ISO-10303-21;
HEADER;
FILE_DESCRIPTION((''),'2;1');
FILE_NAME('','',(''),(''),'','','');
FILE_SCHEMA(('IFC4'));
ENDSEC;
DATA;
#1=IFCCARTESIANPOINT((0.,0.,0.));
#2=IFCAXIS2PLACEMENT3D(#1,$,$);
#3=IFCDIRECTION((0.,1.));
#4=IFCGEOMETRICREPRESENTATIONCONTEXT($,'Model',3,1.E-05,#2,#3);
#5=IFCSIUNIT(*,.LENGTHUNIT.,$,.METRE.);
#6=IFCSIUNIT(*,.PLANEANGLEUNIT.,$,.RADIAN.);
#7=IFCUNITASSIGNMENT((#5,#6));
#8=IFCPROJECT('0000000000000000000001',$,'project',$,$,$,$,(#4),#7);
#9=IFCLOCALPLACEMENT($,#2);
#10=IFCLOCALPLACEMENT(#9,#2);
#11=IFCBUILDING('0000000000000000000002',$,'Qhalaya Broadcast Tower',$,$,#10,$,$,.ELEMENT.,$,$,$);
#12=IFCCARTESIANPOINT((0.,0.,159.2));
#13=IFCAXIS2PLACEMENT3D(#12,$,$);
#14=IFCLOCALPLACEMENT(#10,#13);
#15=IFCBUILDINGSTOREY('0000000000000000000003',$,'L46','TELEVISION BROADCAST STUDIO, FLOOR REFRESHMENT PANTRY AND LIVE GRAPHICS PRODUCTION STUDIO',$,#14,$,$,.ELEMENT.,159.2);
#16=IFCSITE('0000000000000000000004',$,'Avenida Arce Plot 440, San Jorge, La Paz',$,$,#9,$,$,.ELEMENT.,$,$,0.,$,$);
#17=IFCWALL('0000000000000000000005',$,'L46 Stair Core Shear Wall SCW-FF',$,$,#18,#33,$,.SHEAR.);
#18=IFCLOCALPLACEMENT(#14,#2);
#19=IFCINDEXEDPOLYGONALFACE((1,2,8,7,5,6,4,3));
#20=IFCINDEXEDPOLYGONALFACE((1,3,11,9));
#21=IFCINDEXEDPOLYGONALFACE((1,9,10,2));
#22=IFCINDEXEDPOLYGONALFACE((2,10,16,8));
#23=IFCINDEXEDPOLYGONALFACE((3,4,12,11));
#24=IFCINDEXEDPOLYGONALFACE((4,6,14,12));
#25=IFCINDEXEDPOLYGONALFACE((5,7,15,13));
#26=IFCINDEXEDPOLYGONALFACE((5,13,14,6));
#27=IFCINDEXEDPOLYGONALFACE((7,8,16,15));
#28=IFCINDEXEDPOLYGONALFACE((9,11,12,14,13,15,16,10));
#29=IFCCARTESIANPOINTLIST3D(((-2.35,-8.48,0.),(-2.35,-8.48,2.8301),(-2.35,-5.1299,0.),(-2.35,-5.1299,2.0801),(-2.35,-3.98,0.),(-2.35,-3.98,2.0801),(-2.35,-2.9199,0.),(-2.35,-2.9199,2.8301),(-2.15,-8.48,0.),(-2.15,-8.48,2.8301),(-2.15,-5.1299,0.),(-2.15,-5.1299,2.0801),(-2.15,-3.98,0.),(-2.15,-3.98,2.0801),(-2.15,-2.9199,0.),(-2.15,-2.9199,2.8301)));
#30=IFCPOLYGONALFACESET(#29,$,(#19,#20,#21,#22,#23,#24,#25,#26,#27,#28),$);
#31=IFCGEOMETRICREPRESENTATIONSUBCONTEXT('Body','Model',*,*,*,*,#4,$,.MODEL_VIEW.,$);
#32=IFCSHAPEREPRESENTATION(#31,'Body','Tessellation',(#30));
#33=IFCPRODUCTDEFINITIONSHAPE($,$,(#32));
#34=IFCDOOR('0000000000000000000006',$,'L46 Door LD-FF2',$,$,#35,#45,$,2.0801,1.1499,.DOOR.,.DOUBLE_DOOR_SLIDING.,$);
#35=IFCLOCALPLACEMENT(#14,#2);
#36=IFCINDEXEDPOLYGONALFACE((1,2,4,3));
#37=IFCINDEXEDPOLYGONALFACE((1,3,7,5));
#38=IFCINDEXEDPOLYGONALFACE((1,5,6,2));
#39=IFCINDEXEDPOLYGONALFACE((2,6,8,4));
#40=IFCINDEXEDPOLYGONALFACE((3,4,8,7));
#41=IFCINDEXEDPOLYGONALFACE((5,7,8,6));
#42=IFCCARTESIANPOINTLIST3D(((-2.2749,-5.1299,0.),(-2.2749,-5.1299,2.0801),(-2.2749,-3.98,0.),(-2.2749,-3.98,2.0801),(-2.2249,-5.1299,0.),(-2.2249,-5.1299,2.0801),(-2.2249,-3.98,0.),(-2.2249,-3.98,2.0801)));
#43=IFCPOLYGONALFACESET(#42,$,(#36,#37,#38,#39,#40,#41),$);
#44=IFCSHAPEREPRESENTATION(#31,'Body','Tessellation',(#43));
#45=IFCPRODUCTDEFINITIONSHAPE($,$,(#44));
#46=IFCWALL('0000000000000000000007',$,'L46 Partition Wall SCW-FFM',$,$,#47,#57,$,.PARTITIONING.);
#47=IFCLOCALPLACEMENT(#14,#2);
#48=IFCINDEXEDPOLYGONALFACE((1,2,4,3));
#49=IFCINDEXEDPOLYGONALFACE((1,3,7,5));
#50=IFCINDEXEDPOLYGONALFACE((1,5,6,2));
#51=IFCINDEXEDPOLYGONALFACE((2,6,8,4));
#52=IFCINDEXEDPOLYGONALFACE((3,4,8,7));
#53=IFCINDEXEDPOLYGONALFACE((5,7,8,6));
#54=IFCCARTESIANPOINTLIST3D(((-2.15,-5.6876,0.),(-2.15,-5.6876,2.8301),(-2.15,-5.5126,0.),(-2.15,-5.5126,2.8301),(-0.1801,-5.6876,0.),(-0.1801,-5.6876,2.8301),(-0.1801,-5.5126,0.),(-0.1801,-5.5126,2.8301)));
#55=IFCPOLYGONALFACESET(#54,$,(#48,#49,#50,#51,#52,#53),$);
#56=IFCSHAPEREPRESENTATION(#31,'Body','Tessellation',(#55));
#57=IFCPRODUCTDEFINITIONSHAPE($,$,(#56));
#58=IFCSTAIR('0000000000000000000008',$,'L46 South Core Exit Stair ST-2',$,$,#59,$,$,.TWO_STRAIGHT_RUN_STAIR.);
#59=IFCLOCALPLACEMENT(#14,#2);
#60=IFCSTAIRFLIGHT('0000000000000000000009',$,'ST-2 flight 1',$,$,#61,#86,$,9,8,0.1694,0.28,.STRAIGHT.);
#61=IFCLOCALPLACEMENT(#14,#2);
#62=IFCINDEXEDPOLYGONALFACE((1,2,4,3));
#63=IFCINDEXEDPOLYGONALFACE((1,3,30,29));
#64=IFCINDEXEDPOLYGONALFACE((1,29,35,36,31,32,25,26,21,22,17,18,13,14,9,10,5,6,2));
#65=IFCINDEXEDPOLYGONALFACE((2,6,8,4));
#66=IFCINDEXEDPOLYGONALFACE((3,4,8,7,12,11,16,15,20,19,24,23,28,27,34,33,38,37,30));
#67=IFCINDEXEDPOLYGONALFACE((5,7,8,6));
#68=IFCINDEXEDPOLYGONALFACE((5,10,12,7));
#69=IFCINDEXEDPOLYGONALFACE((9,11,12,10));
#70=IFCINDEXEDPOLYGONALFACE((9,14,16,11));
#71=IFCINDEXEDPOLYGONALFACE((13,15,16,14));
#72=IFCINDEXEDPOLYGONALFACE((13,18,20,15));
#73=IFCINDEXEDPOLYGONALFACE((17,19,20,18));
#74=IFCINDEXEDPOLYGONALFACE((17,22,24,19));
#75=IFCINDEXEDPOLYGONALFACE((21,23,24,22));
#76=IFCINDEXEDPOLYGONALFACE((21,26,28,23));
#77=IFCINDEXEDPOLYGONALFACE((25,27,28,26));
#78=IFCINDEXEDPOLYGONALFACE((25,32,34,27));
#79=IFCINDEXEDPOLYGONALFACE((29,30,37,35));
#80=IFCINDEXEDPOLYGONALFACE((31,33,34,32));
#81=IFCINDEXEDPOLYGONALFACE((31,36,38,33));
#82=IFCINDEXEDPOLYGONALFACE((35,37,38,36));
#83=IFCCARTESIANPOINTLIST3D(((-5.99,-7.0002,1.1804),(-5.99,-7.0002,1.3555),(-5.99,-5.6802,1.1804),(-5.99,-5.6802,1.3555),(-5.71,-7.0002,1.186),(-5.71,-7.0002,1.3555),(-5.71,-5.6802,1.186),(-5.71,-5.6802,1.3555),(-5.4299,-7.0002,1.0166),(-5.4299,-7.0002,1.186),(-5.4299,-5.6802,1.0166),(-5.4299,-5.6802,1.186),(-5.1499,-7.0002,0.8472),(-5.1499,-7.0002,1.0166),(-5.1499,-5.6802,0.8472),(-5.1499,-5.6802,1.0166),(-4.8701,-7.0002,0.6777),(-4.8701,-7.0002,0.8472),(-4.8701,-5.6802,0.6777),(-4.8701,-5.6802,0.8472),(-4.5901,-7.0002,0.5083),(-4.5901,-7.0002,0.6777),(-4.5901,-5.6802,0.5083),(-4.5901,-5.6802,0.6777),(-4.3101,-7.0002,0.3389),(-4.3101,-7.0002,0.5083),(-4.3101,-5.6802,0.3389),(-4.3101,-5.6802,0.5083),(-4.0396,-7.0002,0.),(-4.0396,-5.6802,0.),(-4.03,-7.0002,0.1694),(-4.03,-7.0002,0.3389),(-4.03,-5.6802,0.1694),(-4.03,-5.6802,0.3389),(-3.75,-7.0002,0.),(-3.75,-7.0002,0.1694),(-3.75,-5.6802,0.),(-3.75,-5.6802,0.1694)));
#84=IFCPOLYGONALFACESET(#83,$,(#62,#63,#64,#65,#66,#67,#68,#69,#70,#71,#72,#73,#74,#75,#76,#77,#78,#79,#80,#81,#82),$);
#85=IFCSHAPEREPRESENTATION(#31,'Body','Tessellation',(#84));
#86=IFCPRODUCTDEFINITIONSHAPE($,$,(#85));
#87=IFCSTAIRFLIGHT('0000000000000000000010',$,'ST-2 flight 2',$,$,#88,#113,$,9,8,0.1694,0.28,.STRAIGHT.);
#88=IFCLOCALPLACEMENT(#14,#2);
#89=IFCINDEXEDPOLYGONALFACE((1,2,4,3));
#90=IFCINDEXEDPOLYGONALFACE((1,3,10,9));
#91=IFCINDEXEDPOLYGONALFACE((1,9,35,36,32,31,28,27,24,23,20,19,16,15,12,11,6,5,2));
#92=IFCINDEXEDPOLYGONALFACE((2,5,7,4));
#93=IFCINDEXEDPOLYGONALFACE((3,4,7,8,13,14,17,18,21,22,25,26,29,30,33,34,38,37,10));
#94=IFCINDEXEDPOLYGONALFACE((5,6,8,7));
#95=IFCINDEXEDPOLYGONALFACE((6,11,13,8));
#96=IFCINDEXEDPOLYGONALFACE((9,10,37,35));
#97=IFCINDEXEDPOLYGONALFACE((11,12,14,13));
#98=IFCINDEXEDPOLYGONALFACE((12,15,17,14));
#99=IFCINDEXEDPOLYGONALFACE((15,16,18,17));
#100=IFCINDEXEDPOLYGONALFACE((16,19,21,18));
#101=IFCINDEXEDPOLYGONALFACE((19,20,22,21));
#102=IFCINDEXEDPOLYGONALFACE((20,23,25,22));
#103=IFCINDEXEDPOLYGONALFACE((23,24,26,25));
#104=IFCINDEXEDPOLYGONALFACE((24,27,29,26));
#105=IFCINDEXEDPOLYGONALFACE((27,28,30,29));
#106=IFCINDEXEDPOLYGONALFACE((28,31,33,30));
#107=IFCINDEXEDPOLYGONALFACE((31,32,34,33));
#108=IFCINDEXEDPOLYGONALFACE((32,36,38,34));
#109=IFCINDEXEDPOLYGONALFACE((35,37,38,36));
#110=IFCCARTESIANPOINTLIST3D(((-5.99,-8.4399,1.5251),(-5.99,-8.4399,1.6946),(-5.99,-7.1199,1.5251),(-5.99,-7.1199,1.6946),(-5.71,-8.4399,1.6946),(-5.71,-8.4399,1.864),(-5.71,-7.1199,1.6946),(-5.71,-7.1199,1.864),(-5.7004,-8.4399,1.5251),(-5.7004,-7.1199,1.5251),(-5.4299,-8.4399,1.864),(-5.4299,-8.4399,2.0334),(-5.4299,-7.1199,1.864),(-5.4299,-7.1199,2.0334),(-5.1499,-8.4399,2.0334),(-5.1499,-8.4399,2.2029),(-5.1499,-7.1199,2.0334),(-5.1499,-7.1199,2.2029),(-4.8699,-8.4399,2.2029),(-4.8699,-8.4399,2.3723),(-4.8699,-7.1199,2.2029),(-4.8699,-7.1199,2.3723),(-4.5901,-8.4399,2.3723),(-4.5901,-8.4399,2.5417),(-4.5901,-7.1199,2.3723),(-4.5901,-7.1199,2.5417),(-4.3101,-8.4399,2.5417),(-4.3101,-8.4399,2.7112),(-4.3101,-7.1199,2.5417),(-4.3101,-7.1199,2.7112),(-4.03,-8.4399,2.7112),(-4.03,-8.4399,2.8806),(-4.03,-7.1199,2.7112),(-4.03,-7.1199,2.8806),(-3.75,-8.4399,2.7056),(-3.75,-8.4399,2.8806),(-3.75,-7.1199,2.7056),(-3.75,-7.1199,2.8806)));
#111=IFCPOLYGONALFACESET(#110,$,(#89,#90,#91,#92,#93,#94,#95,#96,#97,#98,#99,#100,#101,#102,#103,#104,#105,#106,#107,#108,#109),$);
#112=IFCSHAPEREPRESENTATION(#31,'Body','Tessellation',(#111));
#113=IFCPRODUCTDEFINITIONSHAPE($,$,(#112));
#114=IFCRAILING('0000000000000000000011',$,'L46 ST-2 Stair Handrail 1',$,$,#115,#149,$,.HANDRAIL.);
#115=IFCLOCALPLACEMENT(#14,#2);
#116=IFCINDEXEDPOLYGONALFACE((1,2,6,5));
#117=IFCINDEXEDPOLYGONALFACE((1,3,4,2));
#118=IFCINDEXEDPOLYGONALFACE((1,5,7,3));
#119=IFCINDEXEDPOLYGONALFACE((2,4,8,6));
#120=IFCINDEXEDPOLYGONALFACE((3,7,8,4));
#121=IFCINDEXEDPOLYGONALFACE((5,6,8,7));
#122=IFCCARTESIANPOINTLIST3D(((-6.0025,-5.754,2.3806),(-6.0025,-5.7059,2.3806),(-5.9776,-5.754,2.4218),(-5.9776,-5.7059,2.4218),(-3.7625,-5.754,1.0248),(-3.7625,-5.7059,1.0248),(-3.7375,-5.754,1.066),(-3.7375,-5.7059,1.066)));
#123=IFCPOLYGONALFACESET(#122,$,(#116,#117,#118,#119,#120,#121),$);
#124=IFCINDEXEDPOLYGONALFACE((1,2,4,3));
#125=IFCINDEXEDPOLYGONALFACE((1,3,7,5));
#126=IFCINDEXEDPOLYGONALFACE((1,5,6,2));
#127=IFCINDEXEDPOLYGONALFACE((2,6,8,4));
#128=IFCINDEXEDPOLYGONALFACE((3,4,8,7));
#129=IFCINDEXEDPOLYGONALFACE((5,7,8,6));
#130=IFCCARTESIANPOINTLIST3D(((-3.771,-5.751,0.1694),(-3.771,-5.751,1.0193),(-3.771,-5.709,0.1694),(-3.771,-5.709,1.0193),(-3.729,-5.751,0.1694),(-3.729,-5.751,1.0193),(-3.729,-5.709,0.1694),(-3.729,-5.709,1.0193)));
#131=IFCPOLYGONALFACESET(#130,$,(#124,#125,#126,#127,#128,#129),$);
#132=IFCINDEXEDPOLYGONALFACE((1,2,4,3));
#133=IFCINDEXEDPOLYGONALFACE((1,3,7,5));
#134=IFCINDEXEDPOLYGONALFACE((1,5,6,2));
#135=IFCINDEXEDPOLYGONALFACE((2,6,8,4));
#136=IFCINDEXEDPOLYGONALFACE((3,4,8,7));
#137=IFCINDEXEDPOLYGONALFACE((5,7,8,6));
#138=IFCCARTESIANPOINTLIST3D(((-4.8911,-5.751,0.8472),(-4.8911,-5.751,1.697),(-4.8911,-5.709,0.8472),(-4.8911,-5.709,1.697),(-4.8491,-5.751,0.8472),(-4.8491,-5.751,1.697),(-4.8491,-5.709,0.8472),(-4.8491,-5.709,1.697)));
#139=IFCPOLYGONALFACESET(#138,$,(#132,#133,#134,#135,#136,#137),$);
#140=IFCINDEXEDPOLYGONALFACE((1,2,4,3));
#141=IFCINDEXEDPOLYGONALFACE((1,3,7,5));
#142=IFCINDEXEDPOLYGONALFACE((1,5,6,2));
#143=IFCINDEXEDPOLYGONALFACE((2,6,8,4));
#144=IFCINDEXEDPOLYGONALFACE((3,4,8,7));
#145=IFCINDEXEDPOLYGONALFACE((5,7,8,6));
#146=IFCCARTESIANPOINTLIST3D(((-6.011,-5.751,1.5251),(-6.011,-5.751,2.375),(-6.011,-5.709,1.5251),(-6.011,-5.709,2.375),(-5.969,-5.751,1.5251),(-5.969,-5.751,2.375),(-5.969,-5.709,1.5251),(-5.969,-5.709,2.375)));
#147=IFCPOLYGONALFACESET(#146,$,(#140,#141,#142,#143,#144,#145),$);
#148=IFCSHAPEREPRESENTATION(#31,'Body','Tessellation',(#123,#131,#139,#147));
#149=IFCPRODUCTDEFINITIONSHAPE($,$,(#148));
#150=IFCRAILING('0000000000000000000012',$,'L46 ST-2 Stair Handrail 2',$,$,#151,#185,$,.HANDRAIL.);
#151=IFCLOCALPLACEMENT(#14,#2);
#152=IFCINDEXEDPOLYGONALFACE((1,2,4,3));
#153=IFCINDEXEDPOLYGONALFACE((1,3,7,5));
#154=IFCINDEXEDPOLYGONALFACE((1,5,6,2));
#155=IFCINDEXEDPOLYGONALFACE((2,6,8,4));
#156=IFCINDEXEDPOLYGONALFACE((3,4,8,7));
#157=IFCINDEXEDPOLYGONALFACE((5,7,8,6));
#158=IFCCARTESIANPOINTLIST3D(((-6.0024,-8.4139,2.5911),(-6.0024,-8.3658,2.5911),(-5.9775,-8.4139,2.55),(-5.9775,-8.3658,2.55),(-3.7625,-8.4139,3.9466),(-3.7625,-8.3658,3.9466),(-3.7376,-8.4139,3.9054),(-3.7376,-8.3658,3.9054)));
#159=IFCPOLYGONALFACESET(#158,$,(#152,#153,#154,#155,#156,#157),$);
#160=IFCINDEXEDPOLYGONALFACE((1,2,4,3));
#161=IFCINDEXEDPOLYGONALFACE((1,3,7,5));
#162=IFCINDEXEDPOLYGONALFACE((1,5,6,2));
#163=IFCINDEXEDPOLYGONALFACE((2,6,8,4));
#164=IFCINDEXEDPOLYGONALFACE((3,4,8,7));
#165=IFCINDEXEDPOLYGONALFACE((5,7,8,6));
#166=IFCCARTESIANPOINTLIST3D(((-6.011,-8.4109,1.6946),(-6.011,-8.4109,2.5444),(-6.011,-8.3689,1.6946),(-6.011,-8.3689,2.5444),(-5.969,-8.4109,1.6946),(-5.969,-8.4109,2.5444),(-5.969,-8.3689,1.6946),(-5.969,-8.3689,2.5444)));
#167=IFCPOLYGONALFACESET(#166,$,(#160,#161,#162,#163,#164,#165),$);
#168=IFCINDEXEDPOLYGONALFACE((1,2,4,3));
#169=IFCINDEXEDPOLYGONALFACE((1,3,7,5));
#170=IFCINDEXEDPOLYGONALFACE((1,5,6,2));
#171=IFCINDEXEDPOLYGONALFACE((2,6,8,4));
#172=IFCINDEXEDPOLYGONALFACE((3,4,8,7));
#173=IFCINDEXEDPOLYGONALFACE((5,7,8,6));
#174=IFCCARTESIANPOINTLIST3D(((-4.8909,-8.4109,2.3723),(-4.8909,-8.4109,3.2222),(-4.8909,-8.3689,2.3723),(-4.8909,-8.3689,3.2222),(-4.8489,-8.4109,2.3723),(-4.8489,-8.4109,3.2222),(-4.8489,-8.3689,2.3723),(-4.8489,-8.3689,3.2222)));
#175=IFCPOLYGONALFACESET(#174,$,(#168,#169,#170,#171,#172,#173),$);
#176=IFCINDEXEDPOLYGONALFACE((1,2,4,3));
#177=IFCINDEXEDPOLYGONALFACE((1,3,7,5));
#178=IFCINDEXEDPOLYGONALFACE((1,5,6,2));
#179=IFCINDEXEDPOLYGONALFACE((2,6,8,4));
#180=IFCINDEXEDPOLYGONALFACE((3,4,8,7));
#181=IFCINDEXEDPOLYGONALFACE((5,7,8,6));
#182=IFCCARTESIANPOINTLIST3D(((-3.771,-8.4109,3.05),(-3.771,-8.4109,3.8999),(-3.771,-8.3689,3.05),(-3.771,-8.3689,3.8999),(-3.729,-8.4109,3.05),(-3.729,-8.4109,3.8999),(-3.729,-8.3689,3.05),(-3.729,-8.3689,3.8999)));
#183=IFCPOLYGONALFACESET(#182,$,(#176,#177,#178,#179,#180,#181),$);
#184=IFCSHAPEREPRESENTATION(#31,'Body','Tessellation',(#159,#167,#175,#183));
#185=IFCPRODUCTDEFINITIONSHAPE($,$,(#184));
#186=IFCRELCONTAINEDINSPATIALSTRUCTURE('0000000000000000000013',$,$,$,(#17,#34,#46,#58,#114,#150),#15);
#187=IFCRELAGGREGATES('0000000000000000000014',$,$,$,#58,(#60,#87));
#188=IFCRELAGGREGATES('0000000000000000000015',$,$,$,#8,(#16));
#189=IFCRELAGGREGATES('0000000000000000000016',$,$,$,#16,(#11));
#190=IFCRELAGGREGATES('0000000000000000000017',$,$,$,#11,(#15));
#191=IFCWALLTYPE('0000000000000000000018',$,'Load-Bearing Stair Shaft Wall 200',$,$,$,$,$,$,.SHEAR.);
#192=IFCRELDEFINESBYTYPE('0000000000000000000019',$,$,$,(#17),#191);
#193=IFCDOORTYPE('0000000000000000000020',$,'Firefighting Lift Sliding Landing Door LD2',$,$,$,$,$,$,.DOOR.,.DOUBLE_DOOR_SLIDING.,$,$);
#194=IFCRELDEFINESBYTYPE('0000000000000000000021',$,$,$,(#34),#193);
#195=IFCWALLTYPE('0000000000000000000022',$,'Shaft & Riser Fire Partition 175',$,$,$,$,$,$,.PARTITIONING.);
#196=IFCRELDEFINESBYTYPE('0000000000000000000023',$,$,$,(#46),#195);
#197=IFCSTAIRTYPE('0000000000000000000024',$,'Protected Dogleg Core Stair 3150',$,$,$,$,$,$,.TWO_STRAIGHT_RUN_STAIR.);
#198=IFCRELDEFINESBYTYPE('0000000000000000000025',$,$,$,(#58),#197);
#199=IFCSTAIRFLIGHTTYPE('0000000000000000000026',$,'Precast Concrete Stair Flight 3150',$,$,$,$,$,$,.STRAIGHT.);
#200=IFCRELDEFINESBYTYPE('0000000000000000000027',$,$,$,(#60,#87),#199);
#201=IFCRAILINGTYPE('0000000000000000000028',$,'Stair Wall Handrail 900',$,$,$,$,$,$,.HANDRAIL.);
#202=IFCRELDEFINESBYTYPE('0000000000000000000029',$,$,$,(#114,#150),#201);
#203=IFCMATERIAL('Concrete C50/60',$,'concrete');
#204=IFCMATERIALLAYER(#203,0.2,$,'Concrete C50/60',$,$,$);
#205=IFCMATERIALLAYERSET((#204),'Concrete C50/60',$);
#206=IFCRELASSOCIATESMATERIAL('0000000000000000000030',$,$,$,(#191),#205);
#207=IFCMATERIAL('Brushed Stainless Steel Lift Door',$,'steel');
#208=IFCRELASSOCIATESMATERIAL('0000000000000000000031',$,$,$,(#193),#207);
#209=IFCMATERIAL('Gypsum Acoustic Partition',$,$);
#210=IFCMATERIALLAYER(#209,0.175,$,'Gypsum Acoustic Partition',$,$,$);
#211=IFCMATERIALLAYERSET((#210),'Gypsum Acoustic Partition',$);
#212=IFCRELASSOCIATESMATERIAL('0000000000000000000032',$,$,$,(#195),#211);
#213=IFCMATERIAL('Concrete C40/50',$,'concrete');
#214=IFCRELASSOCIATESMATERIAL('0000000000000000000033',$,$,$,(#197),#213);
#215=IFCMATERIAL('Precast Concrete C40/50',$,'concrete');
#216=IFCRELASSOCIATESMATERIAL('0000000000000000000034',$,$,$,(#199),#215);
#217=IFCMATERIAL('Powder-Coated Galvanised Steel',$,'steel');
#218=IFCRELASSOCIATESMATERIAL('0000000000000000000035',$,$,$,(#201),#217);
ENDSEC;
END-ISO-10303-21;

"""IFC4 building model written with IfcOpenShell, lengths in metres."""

from ifc_helpers import new_model, si_unit, direction, frame, frame_2d, origin, origin_2d, place, context, subcontext, project, spatial, polyline, rectangle, outline, extrude, material, layer, layer_set, type_object, element, fill, aggregate, save


model = new_model("IFC4")

# Units and contexts
model_context = context("Model", 3, precision=1e-05, world=origin(), true_north=direction((0.0, 1.0)))
body_context = subcontext(model_context, "Body", "Model", "MODEL_VIEW")
ifc_project = project(units=[si_unit("LENGTHUNIT", "METRE"), si_unit("PLANEANGLEUNIT", "RADIAN")], contexts=[model_context])

# Site, building, storey
site_placement = place(None, origin())
site = spatial("IfcSite", under=ifc_project, at=site_placement, Name="Avenida Arce Plot 440, San Jorge, La Paz", CompositionType="ELEMENT", RefElevation=0.0)
building_placement = place(site_placement, origin())
building = spatial("IfcBuilding", under=site, at=building_placement, Name="Qhalaya Broadcast Tower", CompositionType="ELEMENT")
storey_placement = place(building_placement, frame((0.0, 0.0, 159.2)))
storey = spatial("IfcBuildingStorey", under=building, at=storey_placement, Name="L46", Description="TELEVISION BROADCAST STUDIO, FLOOR REFRESHMENT PANTRY AND LIVE GRAPHICS PRODUCTION STUDIO", CompositionType="ELEMENT", Elevation=159.2)

# Shared definitions
ifc_material_1 = material(Name="Concrete C50/60", Category="concrete")

# Wall, opening, door
ifc_layer_1 = layer(ifc_material_1, 0.2, Name="Concrete C50/60")
ifc_layer_set_1 = layer_set([ifc_layer_1], Name="Concrete C50/60")
wall_type_1 = type_object("IfcWallType", Name="Load-Bearing Stair Shaft Wall 200", PredefinedType="SHEAR", material=ifc_layer_set_1)
wall_1_placement = place(storey_placement, frame((-2.25, -8.48, 0.0), z_axis=(0.0, 0.0, 1.0), x_axis=(0.0, 1.0, 0.0)))
wall_1 = element("IfcWall", 1, at=wall_1_placement, inside=storey, type_object=wall_type_1, Name="L46 Stair Core Shear Wall SCW-FF", PredefinedType="SHEAR", context=body_context, shape_type="SweptSolid", body=[
    extrude(rectangle(XDim=5.5601, YDim=0.2, at=frame_2d((2.78, 0.0))), origin(), (0.0, 0.0, 1.0), 2.8301),
])
opening_1_placement = place(wall_1_placement, frame((3.3501, 0.0, 0.0)))
opening_1 = element("IfcOpeningElement", 2, at=opening_1_placement, cuts=wall_1, PredefinedType="OPENING", context=body_context, shape_type="SweptSolid", body=[
    extrude(rectangle(XDim=1.1499, YDim=2.0801, at=frame_2d((0.575, 1.04))), frame((0.0, 0.1121, 0.0), z_axis=(0.0, -1.0, 0.0), x_axis=(1.0, 0.0, 0.0)), (0.0, 0.0, 1.0), 0.2239),
])
ifc_material_2 = material(Name="Brushed Stainless Steel Lift Door", Category="steel")
door_type_1 = type_object("IfcDoorType", Name="Firefighting Lift Sliding Landing Door LD2", OperationType="DOUBLE_DOOR_SLIDING", PredefinedType="DOOR", material=ifc_material_2)
door_1_placement = place(opening_1_placement, origin())
door_1 = element("IfcDoor", 3, at=door_1_placement, inside=storey, type_object=door_type_1, Name="L46 Door LD-FF2", OperationType="DOUBLE_DOOR_SLIDING", OverallHeight=2.0801, OverallWidth=1.1499, PredefinedType="DOOR", context=body_context, shape_type="SweptSolid", body=[
    extrude(rectangle(XDim=1.1499, YDim=2.0801, at=frame_2d((0.575, 1.04))), frame((0.0, 0.0249, 0.0), z_axis=(0.0, -1.0, 0.0), x_axis=(1.0, 0.0, 0.0)), (0.0, 0.0, 1.0), 0.05),
])
fill(opening_1, door_1)

# Wall
ifc_material_3 = material(Name="Gypsum Acoustic Partition")
ifc_layer_2 = layer(ifc_material_3, 0.175, Name="Gypsum Acoustic Partition")
ifc_layer_set_2 = layer_set([ifc_layer_2], Name="Gypsum Acoustic Partition")
wall_type_2 = type_object("IfcWallType", Name="Shaft & Riser Fire Partition 175", PredefinedType="PARTITIONING", material=ifc_layer_set_2)
wall_2_placement = place(storey_placement, frame((-2.1499, -5.6001, 0.0), z_axis=(0.0, 0.0, 1.0), x_axis=(1.0, 0.0, 0.0)))
element("IfcWall", 4, at=wall_2_placement, inside=storey, type_object=wall_type_2, Name="L46 Partition Wall SCW-FFM", PredefinedType="PARTITIONING", context=body_context, shape_type="SweptSolid", body=[
    extrude(rectangle(XDim=1.97, YDim=0.175, at=frame_2d((0.9849, 0.0))), origin(), (0.0, 0.0, 1.0), 2.8301),
])

# Stair, stair flights
ifc_material_4 = material(Name="Concrete C40/50", Category="concrete")
stair_type = type_object("IfcStairType", Name="Protected Dogleg Core Stair 3150", PredefinedType="TWO_STRAIGHT_RUN_STAIR", material=ifc_material_4)
stair_placement = place(storey_placement, origin())
stair = element("IfcStair", 5, at=stair_placement, inside=storey, type_object=stair_type, Name="L46 South Core Exit Stair ST-2", PredefinedType="TWO_STRAIGHT_RUN_STAIR")
ifc_material_5 = material(Name="Precast Concrete C40/50", Category="concrete")
stair_flight_type = type_object("IfcStairFlightType", Name="Precast Concrete Stair Flight 3150", PredefinedType="STRAIGHT", material=ifc_material_5)
stair_flight_1_placement = place(storey_placement, frame((-3.75, -6.3401, 0.0), z_axis=(0.0, 0.0, 1.0), x_axis=(-1.0, 0.0, 0.0)))
stair_flight_1 = element("IfcStairFlight", 6, at=stair_flight_1_placement, type_object=stair_flight_type, Name="ST-2 flight 1", NumberOfRisers=9, NumberOfTreads=8, PredefinedType="STRAIGHT", RiserHeight=0.1694, TreadLength=0.28, context=body_context, shape_type="SweptSolid", body=[
    extrude(outline(polyline([(0.0, 0.0), (0.0, 0.1694), (0.28, 0.1694), (0.28, 0.3389), (0.5601, 0.3389), (0.5601, 0.5083), (0.8401, 0.5083), (0.8401, 0.6777), (1.1201, 0.6777), (1.1201, 0.8472), (1.3999, 0.8472), (1.3999, 1.0166), (1.6799, 1.0166), (1.6799, 1.186), (1.96, 1.186), (1.96, 1.3555), (2.24, 1.3555), (2.24, 1.5249), (2.24, 1.1804), (0.2896, 0.0), (0.0, 0.0)])), frame((0.0, 0.6602, 0.0), z_axis=(0.0, -1.0, 0.0), x_axis=(1.0, 0.0, 0.0)), (0.0, 0.0, 1.0), 1.3201),
])
stair_flight_2_placement = place(storey_placement, frame((-5.99, -7.78, 1.5251), z_axis=(0.0, 0.0, 1.0), x_axis=(1.0, 0.0, 0.0)))
stair_flight_2 = element("IfcStairFlight", 7, at=stair_flight_2_placement, type_object=stair_flight_type, Name="ST-2 flight 2", NumberOfRisers=9, NumberOfTreads=8, PredefinedType="STRAIGHT", RiserHeight=0.1694, TreadLength=0.28, context=body_context, shape_type="SweptSolid", body=[
    extrude(outline(polyline([(0.0, 0.0), (0.0, 0.1694), (0.28, 0.1694), (0.28, 0.3389), (0.5601, 0.3389), (0.5601, 0.5083), (0.8401, 0.5083), (0.8401, 0.6777), (1.1201, 0.6777), (1.1201, 0.8472), (1.3999, 0.8472), (1.3999, 1.0166), (1.6799, 1.0166), (1.6799, 1.186), (1.96, 1.186), (1.96, 1.3555), (2.24, 1.3555), (2.24, 1.5249), (2.24, 1.1804), (0.2896, 0.0), (0.0, 0.0)])), frame((0.0, 0.6602, 0.0), z_axis=(0.0, -1.0, 0.0), x_axis=(1.0, 0.0, 0.0)), (0.0, 0.0, 1.0), 1.3201),
])
aggregate(stair, [stair_flight_1, stair_flight_2])

# Railings
ifc_material_6 = material(Name="Powder-Coated Galvanised Steel", Category="steel")
railing_type_1 = type_object("IfcRailingType", Name="Stair Wall Handrail 900", PredefinedType="HANDRAIL", material=ifc_material_6)
railing_1_placement = place(storey_placement, frame((-3.75, -5.73, 0.1694)))
element("IfcRailing", 8, at=railing_1_placement, inside=storey, type_object=railing_type_1, Name="L46 ST-2 Stair Handrail 1", PredefinedType="HANDRAIL", context=body_context, shape_type="SweptSolid", body=[
    extrude(rectangle(XDim=0.0481, YDim=0.0481, at=origin_2d()), frame((0.0, 0.0, 0.876), z_axis=(-0.855512, 0.0, 0.517783), x_axis=(0.0, -1.0, 0.0)), (0.0, 0.0, 1.0), 2.6184),
    extrude(rectangle(XDim=0.042, YDim=0.042, at=origin_2d()), origin(), (0.0, 0.0, 1.0), 0.8499),
    extrude(rectangle(XDim=0.042, YDim=0.042, at=origin_2d()), frame((-1.1201, 0.0, 0.6777)), (0.0, 0.0, 1.0), 0.8499),
    extrude(rectangle(XDim=0.042, YDim=0.042, at=origin_2d()), frame((-2.24, 0.0, 1.3557)), (0.0, 0.0, 1.0), 0.8499),
])
railing_2_placement = place(storey_placement, frame((-5.99, -8.3899, 1.6946)))
element("IfcRailing", 9, at=railing_2_placement, inside=storey, type_object=railing_type_1, Name="L46 ST-2 Stair Handrail 2", PredefinedType="HANDRAIL", context=body_context, shape_type="SweptSolid", body=[
    extrude(rectangle(XDim=0.0481, YDim=0.0481, at=origin_2d()), frame((0.0, 0.0, 0.876), z_axis=(0.855553, 0.0, 0.517715), x_axis=(0.0, 1.0, 0.0)), (0.0, 0.0, 1.0), 2.6182),
    extrude(rectangle(XDim=0.042, YDim=0.042, at=origin_2d()), origin(), (0.0, 0.0, 1.0), 0.8499),
    extrude(rectangle(XDim=0.042, YDim=0.042, at=origin_2d()), frame((1.1201, 0.0, 0.6777)), (0.0, 0.0, 1.0), 0.8499),
    extrude(rectangle(XDim=0.042, YDim=0.042, at=origin_2d()), frame((2.24, 0.0, 1.3555)), (0.0, 0.0, 1.0), 0.8499),
])

save(model, "model.ifc")
